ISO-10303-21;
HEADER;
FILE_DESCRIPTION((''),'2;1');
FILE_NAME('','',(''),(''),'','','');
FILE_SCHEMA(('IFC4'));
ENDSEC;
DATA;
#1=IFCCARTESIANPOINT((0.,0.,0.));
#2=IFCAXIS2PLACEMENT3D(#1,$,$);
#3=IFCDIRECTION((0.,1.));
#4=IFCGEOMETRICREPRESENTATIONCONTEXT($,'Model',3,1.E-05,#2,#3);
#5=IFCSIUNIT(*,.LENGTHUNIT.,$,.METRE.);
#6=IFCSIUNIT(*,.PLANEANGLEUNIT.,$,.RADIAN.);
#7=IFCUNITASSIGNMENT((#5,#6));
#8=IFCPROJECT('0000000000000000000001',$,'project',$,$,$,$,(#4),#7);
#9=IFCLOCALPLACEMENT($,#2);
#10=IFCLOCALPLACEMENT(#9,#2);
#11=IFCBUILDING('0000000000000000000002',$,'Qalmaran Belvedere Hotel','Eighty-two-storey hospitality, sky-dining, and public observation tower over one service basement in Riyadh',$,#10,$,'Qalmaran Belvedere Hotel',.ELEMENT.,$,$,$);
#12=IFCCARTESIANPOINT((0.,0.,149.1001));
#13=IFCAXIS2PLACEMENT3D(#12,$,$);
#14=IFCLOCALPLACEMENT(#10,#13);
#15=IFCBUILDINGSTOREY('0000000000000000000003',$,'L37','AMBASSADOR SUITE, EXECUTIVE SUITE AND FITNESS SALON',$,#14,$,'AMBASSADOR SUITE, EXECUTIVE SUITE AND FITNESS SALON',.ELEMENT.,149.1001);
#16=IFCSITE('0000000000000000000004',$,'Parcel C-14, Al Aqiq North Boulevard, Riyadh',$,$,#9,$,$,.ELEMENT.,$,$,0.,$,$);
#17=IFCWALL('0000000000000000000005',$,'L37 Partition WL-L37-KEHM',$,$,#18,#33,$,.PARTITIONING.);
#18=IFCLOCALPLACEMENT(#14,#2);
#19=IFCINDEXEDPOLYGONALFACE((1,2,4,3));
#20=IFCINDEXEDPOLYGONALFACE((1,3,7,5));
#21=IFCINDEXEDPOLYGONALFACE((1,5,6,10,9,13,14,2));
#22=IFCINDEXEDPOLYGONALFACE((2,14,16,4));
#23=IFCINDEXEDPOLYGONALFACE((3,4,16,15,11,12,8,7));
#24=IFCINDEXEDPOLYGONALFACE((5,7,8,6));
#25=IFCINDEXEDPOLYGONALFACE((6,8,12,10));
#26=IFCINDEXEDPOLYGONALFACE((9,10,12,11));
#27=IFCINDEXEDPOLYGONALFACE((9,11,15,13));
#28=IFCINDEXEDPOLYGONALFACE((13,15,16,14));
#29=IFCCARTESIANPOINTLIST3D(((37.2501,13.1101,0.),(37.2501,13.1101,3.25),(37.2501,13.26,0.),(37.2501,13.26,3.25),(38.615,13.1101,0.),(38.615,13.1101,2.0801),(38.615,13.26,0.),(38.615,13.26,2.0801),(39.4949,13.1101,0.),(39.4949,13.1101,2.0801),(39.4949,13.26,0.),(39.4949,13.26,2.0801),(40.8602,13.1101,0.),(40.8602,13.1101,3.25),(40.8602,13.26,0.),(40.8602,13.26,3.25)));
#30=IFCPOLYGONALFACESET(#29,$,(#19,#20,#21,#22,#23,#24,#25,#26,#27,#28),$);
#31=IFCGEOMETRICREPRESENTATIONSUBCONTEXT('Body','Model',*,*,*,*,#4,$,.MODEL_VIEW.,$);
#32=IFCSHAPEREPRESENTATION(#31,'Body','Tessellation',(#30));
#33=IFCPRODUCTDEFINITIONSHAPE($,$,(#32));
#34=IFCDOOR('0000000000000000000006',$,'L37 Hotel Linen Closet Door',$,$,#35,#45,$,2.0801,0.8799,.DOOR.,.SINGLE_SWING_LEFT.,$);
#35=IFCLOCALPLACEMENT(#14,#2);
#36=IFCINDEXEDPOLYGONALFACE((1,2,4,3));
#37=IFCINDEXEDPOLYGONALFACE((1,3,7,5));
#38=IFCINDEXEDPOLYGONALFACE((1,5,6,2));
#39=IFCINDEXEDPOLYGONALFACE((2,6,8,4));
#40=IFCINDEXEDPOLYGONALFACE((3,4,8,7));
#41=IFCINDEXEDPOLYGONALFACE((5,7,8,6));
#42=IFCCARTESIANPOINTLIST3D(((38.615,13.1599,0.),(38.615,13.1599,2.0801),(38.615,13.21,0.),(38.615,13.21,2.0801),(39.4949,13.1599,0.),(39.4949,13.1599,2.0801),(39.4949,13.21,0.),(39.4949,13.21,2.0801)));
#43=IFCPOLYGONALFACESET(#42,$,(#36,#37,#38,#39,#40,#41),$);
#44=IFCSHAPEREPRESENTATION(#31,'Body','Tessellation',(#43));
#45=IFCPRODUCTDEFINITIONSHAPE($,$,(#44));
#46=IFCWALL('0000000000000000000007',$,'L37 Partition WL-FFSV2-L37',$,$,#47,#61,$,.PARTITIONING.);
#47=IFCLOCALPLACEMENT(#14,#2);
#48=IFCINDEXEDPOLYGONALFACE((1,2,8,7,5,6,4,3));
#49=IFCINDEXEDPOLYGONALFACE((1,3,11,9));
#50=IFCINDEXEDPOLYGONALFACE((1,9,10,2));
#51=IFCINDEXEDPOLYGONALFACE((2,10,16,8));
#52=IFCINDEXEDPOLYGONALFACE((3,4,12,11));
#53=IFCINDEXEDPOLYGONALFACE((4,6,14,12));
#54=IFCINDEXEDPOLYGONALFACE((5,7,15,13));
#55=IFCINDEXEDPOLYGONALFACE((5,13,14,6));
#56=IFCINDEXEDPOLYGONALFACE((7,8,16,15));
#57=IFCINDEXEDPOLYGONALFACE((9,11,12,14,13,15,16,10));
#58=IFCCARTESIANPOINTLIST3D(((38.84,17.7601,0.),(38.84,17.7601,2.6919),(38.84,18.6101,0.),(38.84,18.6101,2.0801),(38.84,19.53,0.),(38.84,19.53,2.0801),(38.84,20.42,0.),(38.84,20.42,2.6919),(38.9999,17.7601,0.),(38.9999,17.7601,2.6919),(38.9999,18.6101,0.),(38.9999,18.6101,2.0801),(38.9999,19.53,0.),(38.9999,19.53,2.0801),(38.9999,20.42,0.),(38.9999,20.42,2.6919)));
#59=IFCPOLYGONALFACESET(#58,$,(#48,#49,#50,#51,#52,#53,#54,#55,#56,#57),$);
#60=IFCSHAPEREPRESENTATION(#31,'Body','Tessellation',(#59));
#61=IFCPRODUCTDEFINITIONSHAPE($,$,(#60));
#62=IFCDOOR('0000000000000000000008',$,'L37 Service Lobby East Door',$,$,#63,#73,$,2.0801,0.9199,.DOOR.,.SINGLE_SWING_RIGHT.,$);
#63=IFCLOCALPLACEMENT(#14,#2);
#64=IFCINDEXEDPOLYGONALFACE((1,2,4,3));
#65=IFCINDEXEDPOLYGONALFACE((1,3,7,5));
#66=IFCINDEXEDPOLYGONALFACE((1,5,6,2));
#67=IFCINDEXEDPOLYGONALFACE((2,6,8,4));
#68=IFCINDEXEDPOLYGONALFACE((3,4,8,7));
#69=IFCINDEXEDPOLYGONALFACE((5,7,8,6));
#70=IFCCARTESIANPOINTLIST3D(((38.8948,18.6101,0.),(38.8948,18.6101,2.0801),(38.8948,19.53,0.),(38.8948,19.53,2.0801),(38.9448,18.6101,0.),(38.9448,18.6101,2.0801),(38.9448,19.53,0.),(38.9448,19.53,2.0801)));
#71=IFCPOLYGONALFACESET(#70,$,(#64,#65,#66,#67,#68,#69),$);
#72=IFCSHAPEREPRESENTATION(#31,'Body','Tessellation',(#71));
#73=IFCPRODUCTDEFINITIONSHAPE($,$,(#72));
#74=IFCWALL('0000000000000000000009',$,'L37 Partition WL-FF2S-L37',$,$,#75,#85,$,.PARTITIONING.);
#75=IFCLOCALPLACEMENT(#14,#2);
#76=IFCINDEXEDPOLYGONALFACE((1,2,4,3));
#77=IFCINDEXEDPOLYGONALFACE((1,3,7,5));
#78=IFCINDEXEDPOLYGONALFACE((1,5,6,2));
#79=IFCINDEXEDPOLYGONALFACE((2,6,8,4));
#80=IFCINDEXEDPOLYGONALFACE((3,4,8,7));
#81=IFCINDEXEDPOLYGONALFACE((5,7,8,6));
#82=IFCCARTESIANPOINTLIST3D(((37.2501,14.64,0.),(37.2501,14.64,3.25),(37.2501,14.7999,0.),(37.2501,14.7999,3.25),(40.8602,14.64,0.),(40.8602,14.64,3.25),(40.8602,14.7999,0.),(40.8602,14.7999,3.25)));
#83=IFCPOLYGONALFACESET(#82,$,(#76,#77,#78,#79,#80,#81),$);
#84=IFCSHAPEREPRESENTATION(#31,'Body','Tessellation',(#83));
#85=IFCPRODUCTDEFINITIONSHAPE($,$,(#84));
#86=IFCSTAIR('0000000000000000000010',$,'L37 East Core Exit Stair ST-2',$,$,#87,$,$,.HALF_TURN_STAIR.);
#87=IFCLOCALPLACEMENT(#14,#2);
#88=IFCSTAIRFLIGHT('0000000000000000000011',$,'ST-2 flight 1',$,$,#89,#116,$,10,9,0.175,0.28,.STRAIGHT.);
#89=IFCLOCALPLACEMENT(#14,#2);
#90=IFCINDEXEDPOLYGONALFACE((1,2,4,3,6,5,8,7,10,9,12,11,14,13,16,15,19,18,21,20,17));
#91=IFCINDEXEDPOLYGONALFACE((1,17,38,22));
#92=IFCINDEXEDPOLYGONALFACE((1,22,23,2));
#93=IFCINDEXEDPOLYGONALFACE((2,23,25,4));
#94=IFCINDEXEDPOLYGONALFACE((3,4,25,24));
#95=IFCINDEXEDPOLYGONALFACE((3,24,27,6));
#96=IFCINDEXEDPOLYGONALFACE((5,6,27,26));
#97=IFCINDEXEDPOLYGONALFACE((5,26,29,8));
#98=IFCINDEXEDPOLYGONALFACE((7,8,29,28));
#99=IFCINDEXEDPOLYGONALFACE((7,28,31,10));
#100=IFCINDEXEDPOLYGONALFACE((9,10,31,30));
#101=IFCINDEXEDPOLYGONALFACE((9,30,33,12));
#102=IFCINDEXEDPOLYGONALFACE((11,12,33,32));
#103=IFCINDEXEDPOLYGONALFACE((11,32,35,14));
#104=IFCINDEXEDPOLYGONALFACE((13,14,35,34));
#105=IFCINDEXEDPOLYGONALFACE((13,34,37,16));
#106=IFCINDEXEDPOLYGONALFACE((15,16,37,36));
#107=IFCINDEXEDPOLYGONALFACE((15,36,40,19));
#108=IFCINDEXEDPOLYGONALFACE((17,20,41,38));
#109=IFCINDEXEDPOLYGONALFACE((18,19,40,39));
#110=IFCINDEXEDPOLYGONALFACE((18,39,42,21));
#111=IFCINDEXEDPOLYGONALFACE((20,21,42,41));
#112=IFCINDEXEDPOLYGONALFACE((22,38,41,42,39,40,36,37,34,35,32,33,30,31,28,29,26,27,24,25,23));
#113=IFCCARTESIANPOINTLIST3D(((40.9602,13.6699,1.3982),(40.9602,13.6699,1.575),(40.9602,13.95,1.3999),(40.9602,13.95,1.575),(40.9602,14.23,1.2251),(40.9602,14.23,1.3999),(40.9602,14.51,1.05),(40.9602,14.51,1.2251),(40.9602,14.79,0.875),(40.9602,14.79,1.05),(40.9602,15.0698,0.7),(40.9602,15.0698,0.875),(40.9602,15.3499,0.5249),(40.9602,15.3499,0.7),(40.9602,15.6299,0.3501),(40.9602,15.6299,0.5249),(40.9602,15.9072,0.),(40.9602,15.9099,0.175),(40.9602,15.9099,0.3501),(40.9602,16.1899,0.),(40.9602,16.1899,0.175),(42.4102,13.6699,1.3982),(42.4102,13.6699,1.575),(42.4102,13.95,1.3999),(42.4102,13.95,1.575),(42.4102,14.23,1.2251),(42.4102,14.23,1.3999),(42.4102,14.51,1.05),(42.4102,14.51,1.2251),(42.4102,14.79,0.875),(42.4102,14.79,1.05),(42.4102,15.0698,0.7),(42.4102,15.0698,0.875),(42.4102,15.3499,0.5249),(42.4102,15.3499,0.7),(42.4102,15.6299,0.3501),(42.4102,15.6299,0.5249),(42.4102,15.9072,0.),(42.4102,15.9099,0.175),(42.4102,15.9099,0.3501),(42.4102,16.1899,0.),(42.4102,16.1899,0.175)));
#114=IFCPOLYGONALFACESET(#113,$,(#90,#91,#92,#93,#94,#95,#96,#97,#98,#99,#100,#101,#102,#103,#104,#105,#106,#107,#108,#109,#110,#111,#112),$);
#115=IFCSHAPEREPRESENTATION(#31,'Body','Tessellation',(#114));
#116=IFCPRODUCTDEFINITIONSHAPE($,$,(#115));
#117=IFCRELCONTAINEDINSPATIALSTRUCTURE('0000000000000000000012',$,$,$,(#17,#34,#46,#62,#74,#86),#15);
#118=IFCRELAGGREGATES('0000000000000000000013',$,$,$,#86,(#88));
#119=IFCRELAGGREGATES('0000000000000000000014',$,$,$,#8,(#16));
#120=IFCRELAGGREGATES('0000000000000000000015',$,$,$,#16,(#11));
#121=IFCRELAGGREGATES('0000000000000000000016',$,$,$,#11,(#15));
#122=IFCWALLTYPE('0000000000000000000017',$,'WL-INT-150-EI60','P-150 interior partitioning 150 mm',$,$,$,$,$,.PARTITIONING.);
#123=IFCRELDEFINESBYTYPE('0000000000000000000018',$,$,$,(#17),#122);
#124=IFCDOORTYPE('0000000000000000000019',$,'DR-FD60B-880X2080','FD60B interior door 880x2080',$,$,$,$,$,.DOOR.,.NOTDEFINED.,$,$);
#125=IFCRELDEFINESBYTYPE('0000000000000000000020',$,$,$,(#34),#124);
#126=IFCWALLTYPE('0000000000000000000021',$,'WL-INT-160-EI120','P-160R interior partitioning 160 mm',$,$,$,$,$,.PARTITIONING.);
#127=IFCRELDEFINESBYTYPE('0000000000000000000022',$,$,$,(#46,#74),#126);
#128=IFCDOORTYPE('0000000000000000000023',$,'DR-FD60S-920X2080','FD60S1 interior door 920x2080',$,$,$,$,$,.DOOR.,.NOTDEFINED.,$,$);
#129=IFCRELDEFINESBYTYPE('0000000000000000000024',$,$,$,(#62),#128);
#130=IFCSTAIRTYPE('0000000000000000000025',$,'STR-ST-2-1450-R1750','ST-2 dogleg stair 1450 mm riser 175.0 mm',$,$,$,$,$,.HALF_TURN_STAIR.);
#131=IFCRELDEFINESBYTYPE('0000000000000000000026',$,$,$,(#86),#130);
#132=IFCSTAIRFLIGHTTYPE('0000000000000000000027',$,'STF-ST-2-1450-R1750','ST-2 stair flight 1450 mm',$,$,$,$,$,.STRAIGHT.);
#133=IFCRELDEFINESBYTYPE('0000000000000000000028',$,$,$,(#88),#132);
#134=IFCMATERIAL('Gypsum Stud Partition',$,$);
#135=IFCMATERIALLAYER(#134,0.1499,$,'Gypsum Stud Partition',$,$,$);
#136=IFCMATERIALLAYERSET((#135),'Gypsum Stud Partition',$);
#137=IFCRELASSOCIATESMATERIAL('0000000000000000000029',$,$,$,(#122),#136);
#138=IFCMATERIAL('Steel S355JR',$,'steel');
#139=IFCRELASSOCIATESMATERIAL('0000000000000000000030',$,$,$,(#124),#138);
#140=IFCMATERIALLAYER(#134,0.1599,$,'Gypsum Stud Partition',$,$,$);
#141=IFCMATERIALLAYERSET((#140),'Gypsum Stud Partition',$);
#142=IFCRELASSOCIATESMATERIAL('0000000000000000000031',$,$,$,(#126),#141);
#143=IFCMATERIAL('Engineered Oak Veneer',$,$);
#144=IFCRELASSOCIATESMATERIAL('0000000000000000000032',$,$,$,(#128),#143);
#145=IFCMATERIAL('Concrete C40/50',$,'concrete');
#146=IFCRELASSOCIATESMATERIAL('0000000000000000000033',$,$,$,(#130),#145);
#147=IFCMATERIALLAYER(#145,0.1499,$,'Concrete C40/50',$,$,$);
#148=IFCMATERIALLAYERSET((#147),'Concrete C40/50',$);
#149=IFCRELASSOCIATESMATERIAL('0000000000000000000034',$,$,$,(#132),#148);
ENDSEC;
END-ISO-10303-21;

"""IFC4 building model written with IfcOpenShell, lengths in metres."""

from ifc_helpers import new_model, si_unit, direction, frame, frame_2d, origin, place, context, subcontext, project, spatial, polyline, rectangle, outline, extrude, material, layer, layer_set, type_object, element, fill, aggregate, save


model = new_model("IFC4")

# Units and contexts
model_context = context("Model", 3, precision=1e-05, world=origin(), true_north=direction((0.0, 1.0)))
body_context = subcontext(model_context, "Body", "Model", "MODEL_VIEW")
ifc_project = project(units=[si_unit("LENGTHUNIT", "METRE"), si_unit("PLANEANGLEUNIT", "RADIAN")], contexts=[model_context])

# Site, building, storey
site_placement = place(None, origin())
site = spatial("IfcSite", under=ifc_project, at=site_placement, Name="Parcel C-14, Al Aqiq North Boulevard, Riyadh", CompositionType="ELEMENT", RefElevation=0.0)
building_placement = place(site_placement, origin())
building = spatial("IfcBuilding", under=site, at=building_placement, Name="Qalmaran Belvedere Hotel", Description="Eighty-two-storey hospitality, sky-dining, and public observation tower over one service basement in Riyadh", LongName="Qalmaran Belvedere Hotel", CompositionType="ELEMENT")
storey_placement = place(building_placement, frame((0.0, 0.0, 149.1001)))
storey = spatial("IfcBuildingStorey", under=building, at=storey_placement, Name="L37", Description="AMBASSADOR SUITE, EXECUTIVE SUITE AND FITNESS SALON", LongName="AMBASSADOR SUITE, EXECUTIVE SUITE AND FITNESS SALON", CompositionType="ELEMENT", Elevation=149.1001)

# Shared definitions
ifc_material_1 = material(Name="Steel S355JR", Category="steel")

# Shared definitions
ifc_material_2 = material(Name="Gypsum Stud Partition")

# Walls, openings, doors
ifc_layer_1 = layer(ifc_material_2, 0.1499, Name="Gypsum Stud Partition")
ifc_layer_set_1 = layer_set([ifc_layer_1], Name="Gypsum Stud Partition")
wall_type_1 = type_object("IfcWallType", Name="WL-INT-150-EI60", Description="P-150 interior partitioning 150 mm", PredefinedType="PARTITIONING", material=ifc_layer_set_1)
wall_1_placement = place(storey_placement, frame((37.25, 13.1851, 0.0), z_axis=(0.0, 0.0, 1.0), x_axis=(1.0, 0.0, 0.0)))
wall_1 = element("IfcWall", 1, at=wall_1_placement, inside=storey, type_object=wall_type_1, Name="L37 Partition WL-L37-KEHM", PredefinedType="PARTITIONING", context=body_context, shape_type="SweptSolid", body=[
    extrude(rectangle(XDim=3.6101, YDim=0.1499, at=frame_2d((1.8052, 0.0))), origin(), (0.0, 0.0, 1.0), 3.25),
])
opening_1_placement = place(wall_1_placement, frame((1.365, 0.0, 0.0)))
opening_1 = element("IfcOpeningElement", 2, at=opening_1_placement, cuts=wall_1, PredefinedType="OPENING", context=body_context, shape_type="SweptSolid", body=[
    extrude(rectangle(XDim=0.8799, YDim=2.0801, at=frame_2d((0.4399, 1.04))), frame((0.0, 0.085, 0.0), z_axis=(0.0, -1.0, 0.0), x_axis=(1.0, 0.0, 0.0)), (0.0, 0.0, 1.0), 0.1699),
])
door_type_1 = type_object("IfcDoorType", Name="DR-FD60B-880X2080", Description="FD60B interior door 880x2080", OperationType="NOTDEFINED", PredefinedType="DOOR", material=ifc_material_1)
door_1_placement = place(opening_1_placement, origin())
door_1 = element("IfcDoor", 3, at=door_1_placement, inside=storey, type_object=door_type_1, Name="L37 Hotel Linen Closet Door", OperationType="SINGLE_SWING_LEFT", OverallHeight=2.0801, OverallWidth=0.8799, PredefinedType="DOOR", context=body_context, shape_type="SweptSolid", body=[
    extrude(rectangle(XDim=0.8799, YDim=2.0801, at=frame_2d((0.4399, 1.04))), frame((0.0, 0.0249, 0.0), z_axis=(0.0, -1.0, 0.0), x_axis=(1.0, 0.0, 0.0)), (0.0, 0.0, 1.0), 0.05),
])
fill(opening_1, door_1)
ifc_layer_2 = layer(ifc_material_2, 0.1599, Name="Gypsum Stud Partition")
ifc_layer_set_2 = layer_set([ifc_layer_2], Name="Gypsum Stud Partition")
wall_type_2 = type_object("IfcWallType", Name="WL-INT-160-EI120", Description="P-160R interior partitioning 160 mm", PredefinedType="PARTITIONING", material=ifc_layer_set_2)
wall_2_placement = place(storey_placement, frame((38.9199, 17.76, 0.0), z_axis=(0.0, 0.0, 1.0), x_axis=(0.0, 1.0, 0.0)))
wall_2 = element("IfcWall", 4, at=wall_2_placement, inside=storey, type_object=wall_type_2, Name="L37 Partition WL-FFSV2-L37", PredefinedType="PARTITIONING", context=body_context, shape_type="SweptSolid", body=[
    extrude(rectangle(XDim=2.6599, YDim=0.1599, at=frame_2d((1.3301, 0.0))), origin(), (0.0, 0.0, 1.0), 2.6919),
])
opening_2_placement = place(wall_2_placement, frame((1.77, 0.0, 0.0), z_axis=(0.0, 0.0, 1.0), x_axis=(-1.0, 0.0, 0.0)))
opening_2 = element("IfcOpeningElement", 5, at=opening_2_placement, cuts=wall_2, PredefinedType="OPENING", context=body_context, shape_type="SweptSolid", body=[
    extrude(rectangle(XDim=0.9199, YDim=2.0801, at=frame_2d((0.46, 1.04))), frame((0.0, 0.0898, 0.0), z_axis=(0.0, -1.0, 0.0), x_axis=(1.0, 0.0, 0.0)), (0.0, 0.0, 1.0), 0.1799),
])
ifc_material_3 = material(Name="Engineered Oak Veneer")
door_type_2 = type_object("IfcDoorType", Name="DR-FD60S-920X2080", Description="FD60S1 interior door 920x2080", OperationType="NOTDEFINED", PredefinedType="DOOR", material=ifc_material_3)
door_2_placement = place(opening_2_placement, origin())
door_2 = element("IfcDoor", 6, at=door_2_placement, inside=storey, type_object=door_type_2, Name="L37 Service Lobby East Door", OperationType="SINGLE_SWING_RIGHT", OverallHeight=2.0801, OverallWidth=0.9199, PredefinedType="DOOR", context=body_context, shape_type="SweptSolid", body=[
    extrude(rectangle(XDim=0.9199, YDim=2.0801, at=frame_2d((0.46, 1.04))), frame((0.0, 0.0249, 0.0), z_axis=(0.0, -1.0, 0.0), x_axis=(1.0, 0.0, 0.0)), (0.0, 0.0, 1.0), 0.05),
])
fill(opening_2, door_2)

# Wall
wall_3_placement = place(storey_placement, frame((37.25, 14.72, 0.0), z_axis=(0.0, 0.0, 1.0), x_axis=(1.0, 0.0, 0.0)))
element("IfcWall", 7, at=wall_3_placement, inside=storey, type_object=wall_type_2, Name="L37 Partition WL-FF2S-L37", PredefinedType="PARTITIONING", context=body_context, shape_type="SweptSolid", body=[
    extrude(rectangle(XDim=3.6101, YDim=0.1599, at=frame_2d((1.8052, 0.0))), origin(), (0.0, 0.0, 1.0), 3.25),
])

# Stair, stair flight
ifc_material_4 = material(Name="Concrete C40/50", Category="concrete")
stair_type = type_object("IfcStairType", Name="STR-ST-2-1450-R1750", Description="ST-2 dogleg stair 1450 mm riser 175.0 mm", PredefinedType="HALF_TURN_STAIR", material=ifc_material_4)
stair_placement = place(storey_placement, origin())
stair = element("IfcStair", 8, at=stair_placement, inside=storey, type_object=stair_type, Name="L37 East Core Exit Stair ST-2", PredefinedType="HALF_TURN_STAIR")
ifc_layer_3 = layer(ifc_material_4, 0.1499, Name="Concrete C40/50")
ifc_layer_set_3 = layer_set([ifc_layer_3], Name="Concrete C40/50")
stair_flight_type = type_object("IfcStairFlightType", Name="STF-ST-2-1450-R1750", Description="ST-2 stair flight 1450 mm", PredefinedType="STRAIGHT", material=ifc_layer_set_3)
stair_flight_placement = place(storey_placement, frame((41.6851, 16.1899, 0.0), z_axis=(0.0, 0.0, 1.0), x_axis=(0.0, -1.0, 0.0)))
stair_flight = element("IfcStairFlight", 9, at=stair_flight_placement, type_object=stair_flight_type, Name="ST-2 flight 1", NumberOfRisers=10, NumberOfTreads=9, PredefinedType="STRAIGHT", RiserHeight=0.175, TreadLength=0.28, context=body_context, shape_type="SweptSolid", body=[
    extrude(outline(polyline([(0.0, 0.0), (0.0, 0.175), (0.28, 0.175), (0.28, 0.3501), (0.5601, 0.3501), (0.5601, 0.5249), (0.8401, 0.5249), (0.8401, 0.7), (1.1201, 0.7), (1.1201, 0.875), (1.3999, 0.875), (1.3999, 1.05), (1.6799, 1.05), (1.6799, 1.2251), (1.96, 1.2251), (1.96, 1.3999), (2.24, 1.3999), (2.24, 1.575), (2.52, 1.575), (2.52, 1.75), (2.52, 1.3982), (0.2827, 0.0), (0.0, 0.0)])), frame((0.0, 0.7251, 0.0), z_axis=(0.0, -1.0, 0.0), x_axis=(1.0, 0.0, 0.0)), (0.0, 0.0, 1.0), 1.45),
])
aggregate(stair, [stair_flight])

save(model, "model.ifc")
